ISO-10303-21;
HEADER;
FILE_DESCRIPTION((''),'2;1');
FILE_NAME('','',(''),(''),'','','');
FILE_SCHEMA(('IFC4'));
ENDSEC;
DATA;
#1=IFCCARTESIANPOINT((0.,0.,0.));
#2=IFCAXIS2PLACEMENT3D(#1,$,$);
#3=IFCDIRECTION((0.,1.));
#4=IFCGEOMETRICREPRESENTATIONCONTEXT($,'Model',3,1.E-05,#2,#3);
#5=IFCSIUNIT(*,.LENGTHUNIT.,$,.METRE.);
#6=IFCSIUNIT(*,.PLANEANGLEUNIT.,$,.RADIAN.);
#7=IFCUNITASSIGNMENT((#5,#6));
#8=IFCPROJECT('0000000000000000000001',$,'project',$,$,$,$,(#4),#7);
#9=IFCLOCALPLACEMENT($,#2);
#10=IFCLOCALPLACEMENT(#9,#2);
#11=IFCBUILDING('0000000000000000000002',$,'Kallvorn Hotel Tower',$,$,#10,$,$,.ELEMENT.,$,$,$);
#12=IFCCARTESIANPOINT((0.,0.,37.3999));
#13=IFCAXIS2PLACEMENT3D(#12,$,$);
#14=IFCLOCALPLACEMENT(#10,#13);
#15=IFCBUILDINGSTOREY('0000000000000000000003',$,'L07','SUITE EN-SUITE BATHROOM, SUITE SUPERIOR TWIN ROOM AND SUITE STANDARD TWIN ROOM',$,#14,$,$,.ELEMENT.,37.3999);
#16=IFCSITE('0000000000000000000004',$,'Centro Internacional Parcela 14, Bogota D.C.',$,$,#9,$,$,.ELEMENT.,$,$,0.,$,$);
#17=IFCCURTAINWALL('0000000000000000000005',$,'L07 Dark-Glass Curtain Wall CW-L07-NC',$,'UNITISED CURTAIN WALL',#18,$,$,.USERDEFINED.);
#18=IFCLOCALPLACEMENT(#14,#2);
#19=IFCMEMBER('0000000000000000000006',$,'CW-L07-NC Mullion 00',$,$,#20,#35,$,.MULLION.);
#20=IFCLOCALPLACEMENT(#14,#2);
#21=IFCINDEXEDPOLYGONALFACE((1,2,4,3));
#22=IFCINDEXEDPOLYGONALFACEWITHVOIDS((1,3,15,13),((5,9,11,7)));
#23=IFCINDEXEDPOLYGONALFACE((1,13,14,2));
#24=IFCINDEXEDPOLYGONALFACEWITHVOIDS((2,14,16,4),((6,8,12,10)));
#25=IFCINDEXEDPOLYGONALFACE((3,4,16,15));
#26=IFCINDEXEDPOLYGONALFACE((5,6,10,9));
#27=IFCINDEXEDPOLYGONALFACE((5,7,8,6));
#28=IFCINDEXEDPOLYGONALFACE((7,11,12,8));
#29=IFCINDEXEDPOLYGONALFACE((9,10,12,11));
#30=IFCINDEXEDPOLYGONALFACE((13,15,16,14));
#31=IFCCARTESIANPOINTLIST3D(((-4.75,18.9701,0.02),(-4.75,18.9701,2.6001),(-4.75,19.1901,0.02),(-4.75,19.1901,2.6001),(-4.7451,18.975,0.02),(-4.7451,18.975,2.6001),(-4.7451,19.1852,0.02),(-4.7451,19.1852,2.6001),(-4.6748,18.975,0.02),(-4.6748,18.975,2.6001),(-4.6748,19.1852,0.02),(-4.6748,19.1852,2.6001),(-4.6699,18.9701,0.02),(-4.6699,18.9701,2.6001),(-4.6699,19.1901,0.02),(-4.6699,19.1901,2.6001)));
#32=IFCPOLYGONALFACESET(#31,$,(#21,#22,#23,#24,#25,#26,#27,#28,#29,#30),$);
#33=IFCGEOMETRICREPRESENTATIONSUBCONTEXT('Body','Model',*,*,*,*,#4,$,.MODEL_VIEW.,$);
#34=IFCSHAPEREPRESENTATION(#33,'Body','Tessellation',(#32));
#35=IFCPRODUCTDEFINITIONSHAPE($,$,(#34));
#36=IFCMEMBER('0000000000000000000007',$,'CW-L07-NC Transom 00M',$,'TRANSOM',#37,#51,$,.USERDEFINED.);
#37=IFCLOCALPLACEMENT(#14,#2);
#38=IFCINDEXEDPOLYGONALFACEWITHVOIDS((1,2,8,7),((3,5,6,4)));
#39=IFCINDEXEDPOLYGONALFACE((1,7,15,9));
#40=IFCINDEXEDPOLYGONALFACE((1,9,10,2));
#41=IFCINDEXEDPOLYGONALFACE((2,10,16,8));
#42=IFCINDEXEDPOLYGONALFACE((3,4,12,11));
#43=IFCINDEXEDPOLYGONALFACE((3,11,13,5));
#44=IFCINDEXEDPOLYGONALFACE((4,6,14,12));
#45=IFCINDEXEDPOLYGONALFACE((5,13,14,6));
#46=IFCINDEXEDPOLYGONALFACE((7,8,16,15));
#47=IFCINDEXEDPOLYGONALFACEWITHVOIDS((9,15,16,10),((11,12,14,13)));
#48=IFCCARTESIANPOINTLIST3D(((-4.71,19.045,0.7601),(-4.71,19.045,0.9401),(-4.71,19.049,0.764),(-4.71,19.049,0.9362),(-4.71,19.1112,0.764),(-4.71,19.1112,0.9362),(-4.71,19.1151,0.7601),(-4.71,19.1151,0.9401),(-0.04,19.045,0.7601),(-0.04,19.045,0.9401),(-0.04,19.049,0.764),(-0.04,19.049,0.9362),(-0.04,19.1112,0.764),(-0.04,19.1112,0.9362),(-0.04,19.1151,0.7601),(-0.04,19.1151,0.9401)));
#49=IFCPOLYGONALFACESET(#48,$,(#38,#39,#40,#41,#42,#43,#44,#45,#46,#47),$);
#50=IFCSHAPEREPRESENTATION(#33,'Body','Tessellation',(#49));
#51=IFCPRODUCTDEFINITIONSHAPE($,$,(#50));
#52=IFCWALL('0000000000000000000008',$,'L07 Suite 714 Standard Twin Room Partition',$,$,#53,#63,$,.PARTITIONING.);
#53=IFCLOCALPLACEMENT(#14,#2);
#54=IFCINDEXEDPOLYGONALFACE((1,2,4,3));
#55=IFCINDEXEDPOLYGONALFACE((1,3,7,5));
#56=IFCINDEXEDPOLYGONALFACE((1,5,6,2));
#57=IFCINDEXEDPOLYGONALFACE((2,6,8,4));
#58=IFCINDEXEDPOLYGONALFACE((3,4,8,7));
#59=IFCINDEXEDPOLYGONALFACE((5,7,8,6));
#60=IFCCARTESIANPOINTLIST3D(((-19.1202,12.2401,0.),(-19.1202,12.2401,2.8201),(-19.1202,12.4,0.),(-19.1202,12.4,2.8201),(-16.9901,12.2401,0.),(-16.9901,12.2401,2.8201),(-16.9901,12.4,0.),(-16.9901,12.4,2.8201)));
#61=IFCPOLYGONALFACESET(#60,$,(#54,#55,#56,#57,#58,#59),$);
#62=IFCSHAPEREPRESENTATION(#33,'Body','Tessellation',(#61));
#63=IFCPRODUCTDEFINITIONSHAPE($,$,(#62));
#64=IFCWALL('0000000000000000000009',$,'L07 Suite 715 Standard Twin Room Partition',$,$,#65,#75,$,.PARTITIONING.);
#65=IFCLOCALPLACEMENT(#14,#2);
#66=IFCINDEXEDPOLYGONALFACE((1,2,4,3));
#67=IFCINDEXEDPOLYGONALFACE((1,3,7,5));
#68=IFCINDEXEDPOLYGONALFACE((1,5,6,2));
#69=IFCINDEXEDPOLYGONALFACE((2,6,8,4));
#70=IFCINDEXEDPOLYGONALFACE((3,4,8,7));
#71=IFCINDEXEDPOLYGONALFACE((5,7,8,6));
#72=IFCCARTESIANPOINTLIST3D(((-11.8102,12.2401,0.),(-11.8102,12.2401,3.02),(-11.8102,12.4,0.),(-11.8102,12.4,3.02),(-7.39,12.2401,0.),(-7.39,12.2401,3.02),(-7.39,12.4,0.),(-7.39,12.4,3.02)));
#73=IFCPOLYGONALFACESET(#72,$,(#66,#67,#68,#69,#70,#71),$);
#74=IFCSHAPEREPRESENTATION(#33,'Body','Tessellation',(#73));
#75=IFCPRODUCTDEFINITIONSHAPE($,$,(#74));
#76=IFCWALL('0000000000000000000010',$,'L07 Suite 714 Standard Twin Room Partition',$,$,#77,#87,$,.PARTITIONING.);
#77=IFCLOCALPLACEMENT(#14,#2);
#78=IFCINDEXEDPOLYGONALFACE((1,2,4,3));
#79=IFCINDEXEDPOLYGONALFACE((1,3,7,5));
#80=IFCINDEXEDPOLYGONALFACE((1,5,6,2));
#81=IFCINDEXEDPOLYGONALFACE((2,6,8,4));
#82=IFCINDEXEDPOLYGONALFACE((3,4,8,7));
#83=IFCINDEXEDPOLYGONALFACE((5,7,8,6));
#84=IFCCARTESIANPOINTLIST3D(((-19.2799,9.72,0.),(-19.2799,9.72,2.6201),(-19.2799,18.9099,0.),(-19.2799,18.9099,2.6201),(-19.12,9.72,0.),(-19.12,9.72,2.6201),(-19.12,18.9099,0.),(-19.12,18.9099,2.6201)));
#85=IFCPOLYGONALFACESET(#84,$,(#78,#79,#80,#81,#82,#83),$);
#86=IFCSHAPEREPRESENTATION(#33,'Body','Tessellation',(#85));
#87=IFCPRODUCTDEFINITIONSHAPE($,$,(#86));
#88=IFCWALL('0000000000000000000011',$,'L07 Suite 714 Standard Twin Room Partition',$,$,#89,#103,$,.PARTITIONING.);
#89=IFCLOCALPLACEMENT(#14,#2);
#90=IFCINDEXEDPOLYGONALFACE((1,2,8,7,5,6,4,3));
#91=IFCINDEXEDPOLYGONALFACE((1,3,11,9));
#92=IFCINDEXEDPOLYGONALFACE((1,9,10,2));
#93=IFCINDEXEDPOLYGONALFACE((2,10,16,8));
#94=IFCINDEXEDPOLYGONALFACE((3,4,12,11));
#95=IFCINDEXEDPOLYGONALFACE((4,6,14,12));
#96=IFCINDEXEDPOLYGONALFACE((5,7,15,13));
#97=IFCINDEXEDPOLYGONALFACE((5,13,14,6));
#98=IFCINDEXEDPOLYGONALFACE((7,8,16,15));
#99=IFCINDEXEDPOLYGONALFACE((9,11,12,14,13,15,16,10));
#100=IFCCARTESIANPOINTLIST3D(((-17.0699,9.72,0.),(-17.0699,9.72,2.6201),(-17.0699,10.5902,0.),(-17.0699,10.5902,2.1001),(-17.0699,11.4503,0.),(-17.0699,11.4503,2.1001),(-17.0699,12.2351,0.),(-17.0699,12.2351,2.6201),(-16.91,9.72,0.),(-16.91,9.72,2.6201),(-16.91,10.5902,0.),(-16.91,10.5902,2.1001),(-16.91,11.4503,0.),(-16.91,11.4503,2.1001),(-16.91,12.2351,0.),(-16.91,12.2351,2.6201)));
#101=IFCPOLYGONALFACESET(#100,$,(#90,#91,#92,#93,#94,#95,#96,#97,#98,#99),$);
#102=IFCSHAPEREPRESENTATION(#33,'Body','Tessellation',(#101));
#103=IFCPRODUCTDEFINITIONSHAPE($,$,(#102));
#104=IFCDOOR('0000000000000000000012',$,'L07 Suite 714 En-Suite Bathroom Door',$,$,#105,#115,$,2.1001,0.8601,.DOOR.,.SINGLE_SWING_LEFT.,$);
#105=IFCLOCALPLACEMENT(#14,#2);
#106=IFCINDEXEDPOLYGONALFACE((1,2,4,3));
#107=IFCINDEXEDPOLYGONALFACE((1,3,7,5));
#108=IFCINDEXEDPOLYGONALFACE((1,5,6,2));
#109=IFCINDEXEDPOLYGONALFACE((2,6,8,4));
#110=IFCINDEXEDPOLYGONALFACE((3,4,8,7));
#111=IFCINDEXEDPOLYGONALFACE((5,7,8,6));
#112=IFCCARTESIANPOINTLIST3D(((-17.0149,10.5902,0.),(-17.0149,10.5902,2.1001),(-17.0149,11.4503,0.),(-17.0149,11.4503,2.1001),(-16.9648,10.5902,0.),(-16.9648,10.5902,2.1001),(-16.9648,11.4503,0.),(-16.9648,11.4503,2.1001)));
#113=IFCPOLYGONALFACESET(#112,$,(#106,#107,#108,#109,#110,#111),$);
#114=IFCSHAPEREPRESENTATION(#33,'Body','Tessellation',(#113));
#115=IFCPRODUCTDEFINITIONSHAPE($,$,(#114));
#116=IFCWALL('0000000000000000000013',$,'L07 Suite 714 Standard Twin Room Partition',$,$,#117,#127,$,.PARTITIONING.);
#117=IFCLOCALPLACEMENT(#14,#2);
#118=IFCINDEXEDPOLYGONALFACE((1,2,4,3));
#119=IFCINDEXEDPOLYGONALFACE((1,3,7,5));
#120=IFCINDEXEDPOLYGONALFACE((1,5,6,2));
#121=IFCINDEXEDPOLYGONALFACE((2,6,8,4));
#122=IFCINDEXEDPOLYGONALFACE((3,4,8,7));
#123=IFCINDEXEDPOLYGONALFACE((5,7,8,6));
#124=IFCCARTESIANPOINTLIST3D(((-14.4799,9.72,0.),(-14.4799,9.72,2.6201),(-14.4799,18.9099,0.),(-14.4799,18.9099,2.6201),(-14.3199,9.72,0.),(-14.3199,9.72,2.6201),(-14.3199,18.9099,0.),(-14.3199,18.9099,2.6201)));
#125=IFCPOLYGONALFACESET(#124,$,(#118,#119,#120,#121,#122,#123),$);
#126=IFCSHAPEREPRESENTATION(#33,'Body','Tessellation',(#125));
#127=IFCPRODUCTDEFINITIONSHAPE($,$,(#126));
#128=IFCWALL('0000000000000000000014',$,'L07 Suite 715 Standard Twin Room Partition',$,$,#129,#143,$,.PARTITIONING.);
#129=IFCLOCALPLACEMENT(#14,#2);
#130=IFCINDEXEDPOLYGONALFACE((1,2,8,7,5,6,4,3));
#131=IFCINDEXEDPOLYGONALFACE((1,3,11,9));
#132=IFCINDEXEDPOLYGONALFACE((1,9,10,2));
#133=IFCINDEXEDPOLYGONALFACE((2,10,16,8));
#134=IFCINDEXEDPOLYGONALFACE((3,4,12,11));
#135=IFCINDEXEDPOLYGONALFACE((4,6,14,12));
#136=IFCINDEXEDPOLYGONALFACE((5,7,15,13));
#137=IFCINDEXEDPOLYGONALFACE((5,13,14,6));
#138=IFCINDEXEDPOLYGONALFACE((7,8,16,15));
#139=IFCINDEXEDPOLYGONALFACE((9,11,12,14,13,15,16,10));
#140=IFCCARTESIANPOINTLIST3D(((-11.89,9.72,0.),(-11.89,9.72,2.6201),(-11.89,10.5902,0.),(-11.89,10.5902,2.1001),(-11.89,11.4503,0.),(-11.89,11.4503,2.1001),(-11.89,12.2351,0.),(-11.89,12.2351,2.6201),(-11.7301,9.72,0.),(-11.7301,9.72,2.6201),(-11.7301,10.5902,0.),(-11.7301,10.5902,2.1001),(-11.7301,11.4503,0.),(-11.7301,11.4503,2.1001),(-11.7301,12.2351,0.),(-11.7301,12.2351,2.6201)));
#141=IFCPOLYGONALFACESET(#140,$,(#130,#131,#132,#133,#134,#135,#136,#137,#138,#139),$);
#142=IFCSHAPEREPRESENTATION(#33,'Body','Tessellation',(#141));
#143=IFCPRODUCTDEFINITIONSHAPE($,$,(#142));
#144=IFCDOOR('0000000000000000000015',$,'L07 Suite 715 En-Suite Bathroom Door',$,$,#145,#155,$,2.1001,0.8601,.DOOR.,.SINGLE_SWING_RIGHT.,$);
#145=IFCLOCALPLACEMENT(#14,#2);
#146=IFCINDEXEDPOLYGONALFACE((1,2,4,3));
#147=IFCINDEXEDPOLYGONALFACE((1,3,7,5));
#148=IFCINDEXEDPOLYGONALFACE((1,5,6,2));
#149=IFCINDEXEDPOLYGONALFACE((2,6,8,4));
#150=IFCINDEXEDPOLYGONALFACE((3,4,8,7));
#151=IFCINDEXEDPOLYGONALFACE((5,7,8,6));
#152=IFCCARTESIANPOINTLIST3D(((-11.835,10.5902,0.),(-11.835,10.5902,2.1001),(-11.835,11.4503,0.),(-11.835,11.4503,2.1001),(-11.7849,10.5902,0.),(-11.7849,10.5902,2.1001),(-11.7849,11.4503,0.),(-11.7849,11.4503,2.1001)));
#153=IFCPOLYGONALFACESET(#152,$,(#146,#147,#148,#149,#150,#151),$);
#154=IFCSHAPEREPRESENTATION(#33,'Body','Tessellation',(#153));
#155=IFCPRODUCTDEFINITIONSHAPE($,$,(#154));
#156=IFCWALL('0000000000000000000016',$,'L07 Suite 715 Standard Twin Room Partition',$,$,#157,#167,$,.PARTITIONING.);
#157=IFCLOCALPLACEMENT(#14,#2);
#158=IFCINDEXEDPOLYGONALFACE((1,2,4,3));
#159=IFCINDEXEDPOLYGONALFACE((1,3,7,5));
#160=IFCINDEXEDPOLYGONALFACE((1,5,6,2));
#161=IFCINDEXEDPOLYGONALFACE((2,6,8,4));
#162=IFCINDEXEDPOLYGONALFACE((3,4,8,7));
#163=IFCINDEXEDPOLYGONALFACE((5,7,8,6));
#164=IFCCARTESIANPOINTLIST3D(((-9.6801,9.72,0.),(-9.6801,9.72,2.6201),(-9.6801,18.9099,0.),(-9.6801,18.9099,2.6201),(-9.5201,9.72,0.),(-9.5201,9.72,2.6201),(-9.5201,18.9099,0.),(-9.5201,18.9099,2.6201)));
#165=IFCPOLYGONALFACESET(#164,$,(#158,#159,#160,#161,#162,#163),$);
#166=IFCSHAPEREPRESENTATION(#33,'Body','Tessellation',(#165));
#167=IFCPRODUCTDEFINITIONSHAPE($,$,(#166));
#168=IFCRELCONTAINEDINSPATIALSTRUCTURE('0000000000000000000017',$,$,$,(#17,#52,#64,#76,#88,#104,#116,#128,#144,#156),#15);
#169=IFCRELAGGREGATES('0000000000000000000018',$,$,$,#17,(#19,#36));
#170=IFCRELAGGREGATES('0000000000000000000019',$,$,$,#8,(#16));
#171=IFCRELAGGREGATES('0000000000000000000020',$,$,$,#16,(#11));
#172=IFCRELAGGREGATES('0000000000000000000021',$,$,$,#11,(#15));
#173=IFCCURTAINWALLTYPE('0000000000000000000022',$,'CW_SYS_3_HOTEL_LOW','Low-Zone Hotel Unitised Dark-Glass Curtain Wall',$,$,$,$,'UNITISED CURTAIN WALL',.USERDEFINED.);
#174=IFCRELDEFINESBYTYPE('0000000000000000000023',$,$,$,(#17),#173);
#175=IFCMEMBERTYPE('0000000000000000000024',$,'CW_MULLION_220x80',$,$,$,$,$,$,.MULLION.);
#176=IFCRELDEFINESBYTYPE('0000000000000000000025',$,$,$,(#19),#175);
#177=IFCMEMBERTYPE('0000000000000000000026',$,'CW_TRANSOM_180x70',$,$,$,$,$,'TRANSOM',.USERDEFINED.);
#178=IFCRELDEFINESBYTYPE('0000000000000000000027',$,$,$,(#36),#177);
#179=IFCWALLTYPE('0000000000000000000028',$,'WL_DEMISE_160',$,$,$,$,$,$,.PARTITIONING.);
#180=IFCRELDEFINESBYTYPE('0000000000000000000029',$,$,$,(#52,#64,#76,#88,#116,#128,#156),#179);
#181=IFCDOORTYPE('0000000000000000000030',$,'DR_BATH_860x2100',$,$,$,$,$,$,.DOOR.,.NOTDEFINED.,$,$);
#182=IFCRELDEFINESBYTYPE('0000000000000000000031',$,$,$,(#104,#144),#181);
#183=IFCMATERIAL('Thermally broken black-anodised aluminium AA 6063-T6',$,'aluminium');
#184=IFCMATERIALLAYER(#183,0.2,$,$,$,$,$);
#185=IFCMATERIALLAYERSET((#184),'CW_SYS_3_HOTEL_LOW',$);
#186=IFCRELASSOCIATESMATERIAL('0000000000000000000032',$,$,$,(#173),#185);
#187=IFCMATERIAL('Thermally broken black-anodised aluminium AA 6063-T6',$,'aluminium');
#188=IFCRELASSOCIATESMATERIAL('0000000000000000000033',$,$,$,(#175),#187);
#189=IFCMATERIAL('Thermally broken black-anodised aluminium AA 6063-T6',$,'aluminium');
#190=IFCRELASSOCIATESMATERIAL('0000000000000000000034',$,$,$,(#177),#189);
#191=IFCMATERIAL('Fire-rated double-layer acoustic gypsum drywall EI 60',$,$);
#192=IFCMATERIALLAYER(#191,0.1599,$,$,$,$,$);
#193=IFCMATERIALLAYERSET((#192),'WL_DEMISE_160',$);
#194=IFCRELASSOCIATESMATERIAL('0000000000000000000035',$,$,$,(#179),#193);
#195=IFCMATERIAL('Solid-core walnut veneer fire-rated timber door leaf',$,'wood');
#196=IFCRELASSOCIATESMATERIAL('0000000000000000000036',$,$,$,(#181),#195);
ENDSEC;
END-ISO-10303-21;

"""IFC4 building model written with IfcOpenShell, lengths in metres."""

from ifc_helpers import new_model, si_unit, direction, frame, frame_2d, origin, origin_2d, place, context, subcontext, project, spatial, rectangle, hollow_rectangle, extrude, material, layer, layer_set, material_profile, profile_set, type_object, element, fill, aggregate, save


model = new_model("IFC4")

# Units and contexts
model_context = context("Model", 3, precision=1e-05, world=origin(), true_north=direction((0.0, 1.0)))
body_context = subcontext(model_context, "Body", "Model", "MODEL_VIEW")
ifc_project = project(units=[si_unit("LENGTHUNIT", "METRE"), si_unit("PLANEANGLEUNIT", "RADIAN")], contexts=[model_context])

# Site, building, storey
site_placement = place(None, origin())
site = spatial("IfcSite", under=ifc_project, at=site_placement, Name="Centro Internacional Parcela 14, Bogota D.C.", CompositionType="ELEMENT", RefElevation=0.0)
building_placement = place(site_placement, origin())
building = spatial("IfcBuilding", under=site, at=building_placement, Name="Kallvorn Hotel Tower", CompositionType="ELEMENT")
storey_placement = place(building_placement, frame((0.0, 0.0, 37.3999)))
storey = spatial("IfcBuildingStorey", under=building, at=storey_placement, Name="L07", Description="SUITE EN-SUITE BATHROOM, SUITE SUPERIOR TWIN ROOM AND SUITE STANDARD TWIN ROOM", CompositionType="ELEMENT", Elevation=37.3999)

# Curtain wall, members
ifc_material_1 = material(Name="Thermally broken black-anodised aluminium AA 6063-T6", Category="aluminium")
ifc_layer_1 = layer(ifc_material_1, 0.2)
ifc_layer_set_1 = layer_set([ifc_layer_1], Name="CW_SYS_3_HOTEL_LOW")
curtain_wall_type = type_object("IfcCurtainWallType", Name="CW_SYS_3_HOTEL_LOW", Description="Low-Zone Hotel Unitised Dark-Glass Curtain Wall", ElementType="UNITISED CURTAIN WALL", PredefinedType="USERDEFINED", material=ifc_layer_set_1)
curtain_wall_placement = place(storey_placement, origin())
curtain_wall = element("IfcCurtainWall", 1, at=curtain_wall_placement, inside=storey, type_object=curtain_wall_type, Name="L07 Dark-Glass Curtain Wall CW-L07-NC", ObjectType="UNITISED CURTAIN WALL", PredefinedType="USERDEFINED")
ifc_material_2 = material(Name="Thermally broken black-anodised aluminium AA 6063-T6", Category="aluminium")
ifc_material_profile_1 = material_profile(ifc_material_2, hollow_rectangle(XDim=0.0801, YDim=0.22, WallThickness=0.0049, at=origin_2d()), Name="MUL 220x80")
ifc_profile_set_1 = profile_set([ifc_material_profile_1], Name="Thermally broken black-anodised aluminium AA 6063-T6")
member_type_1 = type_object("IfcMemberType", Name="CW_MULLION_220x80", PredefinedType="MULLION", material=ifc_profile_set_1)
member_1_placement = place(storey_placement, frame((-4.71, 19.0801, 0.02), z_axis=(0.0, 0.0, 1.0), x_axis=(1.0, 0.0, 0.0)))
member_1 = element("IfcMember", 2, at=member_1_placement, type_object=member_type_1, Name="CW-L07-NC Mullion 00", PredefinedType="MULLION", context=body_context, shape_type="SweptSolid", body=[
    extrude(hollow_rectangle(XDim=0.0801, YDim=0.22, WallThickness=0.0049, at=origin_2d()), origin(), (0.0, 0.0, 1.0), 2.5801),
])
ifc_material_3 = material(Name="Thermally broken black-anodised aluminium AA 6063-T6", Category="aluminium")
ifc_material_profile_2 = material_profile(ifc_material_3, hollow_rectangle(XDim=0.0701, YDim=0.1799, WallThickness=0.0039, at=origin_2d()), Name="TRN 180x70")
ifc_profile_set_2 = profile_set([ifc_material_profile_2], Name="Thermally broken black-anodised aluminium AA 6063-T6")
member_type_2 = type_object("IfcMemberType", Name="CW_TRANSOM_180x70", ElementType="TRANSOM", PredefinedType="USERDEFINED", material=ifc_profile_set_2)
member_2_placement = place(storey_placement, frame((-4.71, 19.0801, 0.8501), z_axis=(1.0, 0.0, 0.0), x_axis=(0.0, 1.0, 0.0)))
member_2 = element("IfcMember", 3, at=member_2_placement, type_object=member_type_2, Name="CW-L07-NC Transom 00M", ObjectType="TRANSOM", PredefinedType="USERDEFINED", context=body_context, shape_type="SweptSolid", body=[
    extrude(hollow_rectangle(XDim=0.0701, YDim=0.1799, WallThickness=0.0039, at=origin_2d()), origin(), (0.0, 0.0, 1.0), 4.6699),
])
aggregate(curtain_wall, [member_1, member_2])

# Walls
ifc_material_4 = material(Name="Fire-rated double-layer acoustic gypsum drywall EI 60")
ifc_layer_2 = layer(ifc_material_4, 0.1599)
ifc_layer_set_2 = layer_set([ifc_layer_2], Name="WL_DEMISE_160")
wall_type = type_object("IfcWallType", Name="WL_DEMISE_160", PredefinedType="PARTITIONING", material=ifc_layer_set_2)
wall_1_placement = place(storey_placement, frame((-19.1201, 12.3201, 0.0), z_axis=(0.0, 0.0, 1.0), x_axis=(1.0, 0.0, 0.0)))
element("IfcWall", 4, at=wall_1_placement, inside=storey, type_object=wall_type, Name="L07 Suite 714 Standard Twin Room Partition", PredefinedType="PARTITIONING", context=body_context, shape_type="SweptSolid", body=[
    extrude(rectangle(XDim=2.1301, YDim=0.1599, at=frame_2d((1.0649, 0.0))), origin(), (0.0, 0.0, 1.0), 2.8201),
])
wall_2_placement = place(storey_placement, frame((-11.8101, 12.3201, 0.0), z_axis=(0.0, 0.0, 1.0), x_axis=(1.0, 0.0, 0.0)))
element("IfcWall", 5, at=wall_2_placement, inside=storey, type_object=wall_type, Name="L07 Suite 715 Standard Twin Room Partition", PredefinedType="PARTITIONING", context=body_context, shape_type="SweptSolid", body=[
    extrude(rectangle(XDim=4.4202, YDim=0.1599, at=frame_2d((2.21, 0.0))), origin(), (0.0, 0.0, 1.0), 3.02),
])
wall_3_placement = place(storey_placement, frame((-19.2, 9.72, 0.0), z_axis=(0.0, 0.0, 1.0), x_axis=(0.0, 1.0, 0.0)))
element("IfcWall", 6, at=wall_3_placement, inside=storey, type_object=wall_type, Name="L07 Suite 714 Standard Twin Room Partition", PredefinedType="PARTITIONING", context=body_context, shape_type="SweptSolid", body=[
    extrude(rectangle(XDim=9.1899, YDim=0.1599, at=frame_2d((4.595, 0.0))), origin(), (0.0, 0.0, 1.0), 2.6201),
])

# Wall, opening, door
wall_4_placement = place(storey_placement, frame((-16.99, 9.72, 0.0), z_axis=(0.0, 0.0, 1.0), x_axis=(0.0, 1.0, 0.0)))
wall_4 = element("IfcWall", 7, at=wall_4_placement, inside=storey, type_object=wall_type, Name="L07 Suite 714 Standard Twin Room Partition", PredefinedType="PARTITIONING", context=body_context, shape_type="SweptSolid", body=[
    extrude(rectangle(XDim=2.5151, YDim=0.1599, at=frame_2d((1.2576, 0.0))), origin(), (0.0, 0.0, 1.0), 2.6201),
])
opening_1_placement = place(wall_4_placement, frame((0.8701, 0.0, 0.0)))
opening_1 = element("IfcOpeningElement", 8, at=opening_1_placement, cuts=wall_4, PredefinedType="OPENING", context=body_context, shape_type="SweptSolid", body=[
    extrude(rectangle(XDim=0.8601, YDim=2.1001, at=frame_2d((0.4302, 1.05))), frame((0.0, 0.095, 0.0), z_axis=(0.0, -1.0, 0.0), x_axis=(1.0, 0.0, 0.0)), (0.0, 0.0, 1.0), 0.1899),
])
ifc_material_5 = material(Name="Solid-core walnut veneer fire-rated timber door leaf", Category="wood")
door_type = type_object("IfcDoorType", Name="DR_BATH_860x2100", OperationType="NOTDEFINED", PredefinedType="DOOR", material=ifc_material_5)
door_1_placement = place(opening_1_placement, origin())
door_1 = element("IfcDoor", 9, at=door_1_placement, inside=storey, type_object=door_type, Name="L07 Suite 714 En-Suite Bathroom Door", OperationType="SINGLE_SWING_LEFT", OverallHeight=2.1001, OverallWidth=0.8601, PredefinedType="DOOR", context=body_context, shape_type="SweptSolid", body=[
    extrude(rectangle(XDim=0.8601, YDim=2.1001, at=frame_2d((0.4302, 1.05))), frame((0.0, 0.0249, 0.0), z_axis=(0.0, -1.0, 0.0), x_axis=(1.0, 0.0, 0.0)), (0.0, 0.0, 1.0), 0.05),
])
fill(opening_1, door_1)

# Wall
wall_5_placement = place(storey_placement, frame((-14.3999, 9.72, 0.0), z_axis=(0.0, 0.0, 1.0), x_axis=(0.0, 1.0, 0.0)))
element("IfcWall", 10, at=wall_5_placement, inside=storey, type_object=wall_type, Name="L07 Suite 714 Standard Twin Room Partition", PredefinedType="PARTITIONING", context=body_context, shape_type="SweptSolid", body=[
    extrude(rectangle(XDim=9.1899, YDim=0.1599, at=frame_2d((4.595, 0.0))), origin(), (0.0, 0.0, 1.0), 2.6201),
])

# Wall, opening, door
wall_6_placement = place(storey_placement, frame((-11.8101, 9.72, 0.0), z_axis=(0.0, 0.0, 1.0), x_axis=(0.0, 1.0, 0.0)))
wall_6 = element("IfcWall", 11, at=wall_6_placement, inside=storey, type_object=wall_type, Name="L07 Suite 715 Standard Twin Room Partition", PredefinedType="PARTITIONING", context=body_context, shape_type="SweptSolid", body=[
    extrude(rectangle(XDim=2.5151, YDim=0.1599, at=frame_2d((1.2576, 0.0))), origin(), (0.0, 0.0, 1.0), 2.6201),
])
opening_2_placement = place(wall_6_placement, frame((0.8701, 0.0, 0.0)))
opening_2 = element("IfcOpeningElement", 12, at=opening_2_placement, cuts=wall_6, PredefinedType="OPENING", context=body_context, shape_type="SweptSolid", body=[
    extrude(rectangle(XDim=0.8601, YDim=2.1001, at=frame_2d((0.4302, 1.05))), frame((0.0, 0.095, 0.0), z_axis=(0.0, -1.0, 0.0), x_axis=(1.0, 0.0, 0.0)), (0.0, 0.0, 1.0), 0.1899),
])
door_2_placement = place(opening_2_placement, origin())
door_2 = element("IfcDoor", 13, at=door_2_placement, inside=storey, type_object=door_type, Name="L07 Suite 715 En-Suite Bathroom Door", OperationType="SINGLE_SWING_RIGHT", OverallHeight=2.1001, OverallWidth=0.8601, PredefinedType="DOOR", context=body_context, shape_type="SweptSolid", body=[
    extrude(rectangle(XDim=0.8601, YDim=2.1001, at=frame_2d((0.4302, 1.05))), frame((0.0, 0.0249, 0.0), z_axis=(0.0, -1.0, 0.0), x_axis=(1.0, 0.0, 0.0)), (0.0, 0.0, 1.0), 0.05),
])
fill(opening_2, door_2)

# Wall
wall_7_placement = place(storey_placement, frame((-9.6001, 9.72, 0.0), z_axis=(0.0, 0.0, 1.0), x_axis=(0.0, 1.0, 0.0)))
element("IfcWall", 14, at=wall_7_placement, inside=storey, type_object=wall_type, Name="L07 Suite 715 Standard Twin Room Partition", PredefinedType="PARTITIONING", context=body_context, shape_type="SweptSolid", body=[
    extrude(rectangle(XDim=9.1899, YDim=0.1599, at=frame_2d((4.595, 0.0))), origin(), (0.0, 0.0, 1.0), 2.6201),
])

save(model, "model.ifc")
